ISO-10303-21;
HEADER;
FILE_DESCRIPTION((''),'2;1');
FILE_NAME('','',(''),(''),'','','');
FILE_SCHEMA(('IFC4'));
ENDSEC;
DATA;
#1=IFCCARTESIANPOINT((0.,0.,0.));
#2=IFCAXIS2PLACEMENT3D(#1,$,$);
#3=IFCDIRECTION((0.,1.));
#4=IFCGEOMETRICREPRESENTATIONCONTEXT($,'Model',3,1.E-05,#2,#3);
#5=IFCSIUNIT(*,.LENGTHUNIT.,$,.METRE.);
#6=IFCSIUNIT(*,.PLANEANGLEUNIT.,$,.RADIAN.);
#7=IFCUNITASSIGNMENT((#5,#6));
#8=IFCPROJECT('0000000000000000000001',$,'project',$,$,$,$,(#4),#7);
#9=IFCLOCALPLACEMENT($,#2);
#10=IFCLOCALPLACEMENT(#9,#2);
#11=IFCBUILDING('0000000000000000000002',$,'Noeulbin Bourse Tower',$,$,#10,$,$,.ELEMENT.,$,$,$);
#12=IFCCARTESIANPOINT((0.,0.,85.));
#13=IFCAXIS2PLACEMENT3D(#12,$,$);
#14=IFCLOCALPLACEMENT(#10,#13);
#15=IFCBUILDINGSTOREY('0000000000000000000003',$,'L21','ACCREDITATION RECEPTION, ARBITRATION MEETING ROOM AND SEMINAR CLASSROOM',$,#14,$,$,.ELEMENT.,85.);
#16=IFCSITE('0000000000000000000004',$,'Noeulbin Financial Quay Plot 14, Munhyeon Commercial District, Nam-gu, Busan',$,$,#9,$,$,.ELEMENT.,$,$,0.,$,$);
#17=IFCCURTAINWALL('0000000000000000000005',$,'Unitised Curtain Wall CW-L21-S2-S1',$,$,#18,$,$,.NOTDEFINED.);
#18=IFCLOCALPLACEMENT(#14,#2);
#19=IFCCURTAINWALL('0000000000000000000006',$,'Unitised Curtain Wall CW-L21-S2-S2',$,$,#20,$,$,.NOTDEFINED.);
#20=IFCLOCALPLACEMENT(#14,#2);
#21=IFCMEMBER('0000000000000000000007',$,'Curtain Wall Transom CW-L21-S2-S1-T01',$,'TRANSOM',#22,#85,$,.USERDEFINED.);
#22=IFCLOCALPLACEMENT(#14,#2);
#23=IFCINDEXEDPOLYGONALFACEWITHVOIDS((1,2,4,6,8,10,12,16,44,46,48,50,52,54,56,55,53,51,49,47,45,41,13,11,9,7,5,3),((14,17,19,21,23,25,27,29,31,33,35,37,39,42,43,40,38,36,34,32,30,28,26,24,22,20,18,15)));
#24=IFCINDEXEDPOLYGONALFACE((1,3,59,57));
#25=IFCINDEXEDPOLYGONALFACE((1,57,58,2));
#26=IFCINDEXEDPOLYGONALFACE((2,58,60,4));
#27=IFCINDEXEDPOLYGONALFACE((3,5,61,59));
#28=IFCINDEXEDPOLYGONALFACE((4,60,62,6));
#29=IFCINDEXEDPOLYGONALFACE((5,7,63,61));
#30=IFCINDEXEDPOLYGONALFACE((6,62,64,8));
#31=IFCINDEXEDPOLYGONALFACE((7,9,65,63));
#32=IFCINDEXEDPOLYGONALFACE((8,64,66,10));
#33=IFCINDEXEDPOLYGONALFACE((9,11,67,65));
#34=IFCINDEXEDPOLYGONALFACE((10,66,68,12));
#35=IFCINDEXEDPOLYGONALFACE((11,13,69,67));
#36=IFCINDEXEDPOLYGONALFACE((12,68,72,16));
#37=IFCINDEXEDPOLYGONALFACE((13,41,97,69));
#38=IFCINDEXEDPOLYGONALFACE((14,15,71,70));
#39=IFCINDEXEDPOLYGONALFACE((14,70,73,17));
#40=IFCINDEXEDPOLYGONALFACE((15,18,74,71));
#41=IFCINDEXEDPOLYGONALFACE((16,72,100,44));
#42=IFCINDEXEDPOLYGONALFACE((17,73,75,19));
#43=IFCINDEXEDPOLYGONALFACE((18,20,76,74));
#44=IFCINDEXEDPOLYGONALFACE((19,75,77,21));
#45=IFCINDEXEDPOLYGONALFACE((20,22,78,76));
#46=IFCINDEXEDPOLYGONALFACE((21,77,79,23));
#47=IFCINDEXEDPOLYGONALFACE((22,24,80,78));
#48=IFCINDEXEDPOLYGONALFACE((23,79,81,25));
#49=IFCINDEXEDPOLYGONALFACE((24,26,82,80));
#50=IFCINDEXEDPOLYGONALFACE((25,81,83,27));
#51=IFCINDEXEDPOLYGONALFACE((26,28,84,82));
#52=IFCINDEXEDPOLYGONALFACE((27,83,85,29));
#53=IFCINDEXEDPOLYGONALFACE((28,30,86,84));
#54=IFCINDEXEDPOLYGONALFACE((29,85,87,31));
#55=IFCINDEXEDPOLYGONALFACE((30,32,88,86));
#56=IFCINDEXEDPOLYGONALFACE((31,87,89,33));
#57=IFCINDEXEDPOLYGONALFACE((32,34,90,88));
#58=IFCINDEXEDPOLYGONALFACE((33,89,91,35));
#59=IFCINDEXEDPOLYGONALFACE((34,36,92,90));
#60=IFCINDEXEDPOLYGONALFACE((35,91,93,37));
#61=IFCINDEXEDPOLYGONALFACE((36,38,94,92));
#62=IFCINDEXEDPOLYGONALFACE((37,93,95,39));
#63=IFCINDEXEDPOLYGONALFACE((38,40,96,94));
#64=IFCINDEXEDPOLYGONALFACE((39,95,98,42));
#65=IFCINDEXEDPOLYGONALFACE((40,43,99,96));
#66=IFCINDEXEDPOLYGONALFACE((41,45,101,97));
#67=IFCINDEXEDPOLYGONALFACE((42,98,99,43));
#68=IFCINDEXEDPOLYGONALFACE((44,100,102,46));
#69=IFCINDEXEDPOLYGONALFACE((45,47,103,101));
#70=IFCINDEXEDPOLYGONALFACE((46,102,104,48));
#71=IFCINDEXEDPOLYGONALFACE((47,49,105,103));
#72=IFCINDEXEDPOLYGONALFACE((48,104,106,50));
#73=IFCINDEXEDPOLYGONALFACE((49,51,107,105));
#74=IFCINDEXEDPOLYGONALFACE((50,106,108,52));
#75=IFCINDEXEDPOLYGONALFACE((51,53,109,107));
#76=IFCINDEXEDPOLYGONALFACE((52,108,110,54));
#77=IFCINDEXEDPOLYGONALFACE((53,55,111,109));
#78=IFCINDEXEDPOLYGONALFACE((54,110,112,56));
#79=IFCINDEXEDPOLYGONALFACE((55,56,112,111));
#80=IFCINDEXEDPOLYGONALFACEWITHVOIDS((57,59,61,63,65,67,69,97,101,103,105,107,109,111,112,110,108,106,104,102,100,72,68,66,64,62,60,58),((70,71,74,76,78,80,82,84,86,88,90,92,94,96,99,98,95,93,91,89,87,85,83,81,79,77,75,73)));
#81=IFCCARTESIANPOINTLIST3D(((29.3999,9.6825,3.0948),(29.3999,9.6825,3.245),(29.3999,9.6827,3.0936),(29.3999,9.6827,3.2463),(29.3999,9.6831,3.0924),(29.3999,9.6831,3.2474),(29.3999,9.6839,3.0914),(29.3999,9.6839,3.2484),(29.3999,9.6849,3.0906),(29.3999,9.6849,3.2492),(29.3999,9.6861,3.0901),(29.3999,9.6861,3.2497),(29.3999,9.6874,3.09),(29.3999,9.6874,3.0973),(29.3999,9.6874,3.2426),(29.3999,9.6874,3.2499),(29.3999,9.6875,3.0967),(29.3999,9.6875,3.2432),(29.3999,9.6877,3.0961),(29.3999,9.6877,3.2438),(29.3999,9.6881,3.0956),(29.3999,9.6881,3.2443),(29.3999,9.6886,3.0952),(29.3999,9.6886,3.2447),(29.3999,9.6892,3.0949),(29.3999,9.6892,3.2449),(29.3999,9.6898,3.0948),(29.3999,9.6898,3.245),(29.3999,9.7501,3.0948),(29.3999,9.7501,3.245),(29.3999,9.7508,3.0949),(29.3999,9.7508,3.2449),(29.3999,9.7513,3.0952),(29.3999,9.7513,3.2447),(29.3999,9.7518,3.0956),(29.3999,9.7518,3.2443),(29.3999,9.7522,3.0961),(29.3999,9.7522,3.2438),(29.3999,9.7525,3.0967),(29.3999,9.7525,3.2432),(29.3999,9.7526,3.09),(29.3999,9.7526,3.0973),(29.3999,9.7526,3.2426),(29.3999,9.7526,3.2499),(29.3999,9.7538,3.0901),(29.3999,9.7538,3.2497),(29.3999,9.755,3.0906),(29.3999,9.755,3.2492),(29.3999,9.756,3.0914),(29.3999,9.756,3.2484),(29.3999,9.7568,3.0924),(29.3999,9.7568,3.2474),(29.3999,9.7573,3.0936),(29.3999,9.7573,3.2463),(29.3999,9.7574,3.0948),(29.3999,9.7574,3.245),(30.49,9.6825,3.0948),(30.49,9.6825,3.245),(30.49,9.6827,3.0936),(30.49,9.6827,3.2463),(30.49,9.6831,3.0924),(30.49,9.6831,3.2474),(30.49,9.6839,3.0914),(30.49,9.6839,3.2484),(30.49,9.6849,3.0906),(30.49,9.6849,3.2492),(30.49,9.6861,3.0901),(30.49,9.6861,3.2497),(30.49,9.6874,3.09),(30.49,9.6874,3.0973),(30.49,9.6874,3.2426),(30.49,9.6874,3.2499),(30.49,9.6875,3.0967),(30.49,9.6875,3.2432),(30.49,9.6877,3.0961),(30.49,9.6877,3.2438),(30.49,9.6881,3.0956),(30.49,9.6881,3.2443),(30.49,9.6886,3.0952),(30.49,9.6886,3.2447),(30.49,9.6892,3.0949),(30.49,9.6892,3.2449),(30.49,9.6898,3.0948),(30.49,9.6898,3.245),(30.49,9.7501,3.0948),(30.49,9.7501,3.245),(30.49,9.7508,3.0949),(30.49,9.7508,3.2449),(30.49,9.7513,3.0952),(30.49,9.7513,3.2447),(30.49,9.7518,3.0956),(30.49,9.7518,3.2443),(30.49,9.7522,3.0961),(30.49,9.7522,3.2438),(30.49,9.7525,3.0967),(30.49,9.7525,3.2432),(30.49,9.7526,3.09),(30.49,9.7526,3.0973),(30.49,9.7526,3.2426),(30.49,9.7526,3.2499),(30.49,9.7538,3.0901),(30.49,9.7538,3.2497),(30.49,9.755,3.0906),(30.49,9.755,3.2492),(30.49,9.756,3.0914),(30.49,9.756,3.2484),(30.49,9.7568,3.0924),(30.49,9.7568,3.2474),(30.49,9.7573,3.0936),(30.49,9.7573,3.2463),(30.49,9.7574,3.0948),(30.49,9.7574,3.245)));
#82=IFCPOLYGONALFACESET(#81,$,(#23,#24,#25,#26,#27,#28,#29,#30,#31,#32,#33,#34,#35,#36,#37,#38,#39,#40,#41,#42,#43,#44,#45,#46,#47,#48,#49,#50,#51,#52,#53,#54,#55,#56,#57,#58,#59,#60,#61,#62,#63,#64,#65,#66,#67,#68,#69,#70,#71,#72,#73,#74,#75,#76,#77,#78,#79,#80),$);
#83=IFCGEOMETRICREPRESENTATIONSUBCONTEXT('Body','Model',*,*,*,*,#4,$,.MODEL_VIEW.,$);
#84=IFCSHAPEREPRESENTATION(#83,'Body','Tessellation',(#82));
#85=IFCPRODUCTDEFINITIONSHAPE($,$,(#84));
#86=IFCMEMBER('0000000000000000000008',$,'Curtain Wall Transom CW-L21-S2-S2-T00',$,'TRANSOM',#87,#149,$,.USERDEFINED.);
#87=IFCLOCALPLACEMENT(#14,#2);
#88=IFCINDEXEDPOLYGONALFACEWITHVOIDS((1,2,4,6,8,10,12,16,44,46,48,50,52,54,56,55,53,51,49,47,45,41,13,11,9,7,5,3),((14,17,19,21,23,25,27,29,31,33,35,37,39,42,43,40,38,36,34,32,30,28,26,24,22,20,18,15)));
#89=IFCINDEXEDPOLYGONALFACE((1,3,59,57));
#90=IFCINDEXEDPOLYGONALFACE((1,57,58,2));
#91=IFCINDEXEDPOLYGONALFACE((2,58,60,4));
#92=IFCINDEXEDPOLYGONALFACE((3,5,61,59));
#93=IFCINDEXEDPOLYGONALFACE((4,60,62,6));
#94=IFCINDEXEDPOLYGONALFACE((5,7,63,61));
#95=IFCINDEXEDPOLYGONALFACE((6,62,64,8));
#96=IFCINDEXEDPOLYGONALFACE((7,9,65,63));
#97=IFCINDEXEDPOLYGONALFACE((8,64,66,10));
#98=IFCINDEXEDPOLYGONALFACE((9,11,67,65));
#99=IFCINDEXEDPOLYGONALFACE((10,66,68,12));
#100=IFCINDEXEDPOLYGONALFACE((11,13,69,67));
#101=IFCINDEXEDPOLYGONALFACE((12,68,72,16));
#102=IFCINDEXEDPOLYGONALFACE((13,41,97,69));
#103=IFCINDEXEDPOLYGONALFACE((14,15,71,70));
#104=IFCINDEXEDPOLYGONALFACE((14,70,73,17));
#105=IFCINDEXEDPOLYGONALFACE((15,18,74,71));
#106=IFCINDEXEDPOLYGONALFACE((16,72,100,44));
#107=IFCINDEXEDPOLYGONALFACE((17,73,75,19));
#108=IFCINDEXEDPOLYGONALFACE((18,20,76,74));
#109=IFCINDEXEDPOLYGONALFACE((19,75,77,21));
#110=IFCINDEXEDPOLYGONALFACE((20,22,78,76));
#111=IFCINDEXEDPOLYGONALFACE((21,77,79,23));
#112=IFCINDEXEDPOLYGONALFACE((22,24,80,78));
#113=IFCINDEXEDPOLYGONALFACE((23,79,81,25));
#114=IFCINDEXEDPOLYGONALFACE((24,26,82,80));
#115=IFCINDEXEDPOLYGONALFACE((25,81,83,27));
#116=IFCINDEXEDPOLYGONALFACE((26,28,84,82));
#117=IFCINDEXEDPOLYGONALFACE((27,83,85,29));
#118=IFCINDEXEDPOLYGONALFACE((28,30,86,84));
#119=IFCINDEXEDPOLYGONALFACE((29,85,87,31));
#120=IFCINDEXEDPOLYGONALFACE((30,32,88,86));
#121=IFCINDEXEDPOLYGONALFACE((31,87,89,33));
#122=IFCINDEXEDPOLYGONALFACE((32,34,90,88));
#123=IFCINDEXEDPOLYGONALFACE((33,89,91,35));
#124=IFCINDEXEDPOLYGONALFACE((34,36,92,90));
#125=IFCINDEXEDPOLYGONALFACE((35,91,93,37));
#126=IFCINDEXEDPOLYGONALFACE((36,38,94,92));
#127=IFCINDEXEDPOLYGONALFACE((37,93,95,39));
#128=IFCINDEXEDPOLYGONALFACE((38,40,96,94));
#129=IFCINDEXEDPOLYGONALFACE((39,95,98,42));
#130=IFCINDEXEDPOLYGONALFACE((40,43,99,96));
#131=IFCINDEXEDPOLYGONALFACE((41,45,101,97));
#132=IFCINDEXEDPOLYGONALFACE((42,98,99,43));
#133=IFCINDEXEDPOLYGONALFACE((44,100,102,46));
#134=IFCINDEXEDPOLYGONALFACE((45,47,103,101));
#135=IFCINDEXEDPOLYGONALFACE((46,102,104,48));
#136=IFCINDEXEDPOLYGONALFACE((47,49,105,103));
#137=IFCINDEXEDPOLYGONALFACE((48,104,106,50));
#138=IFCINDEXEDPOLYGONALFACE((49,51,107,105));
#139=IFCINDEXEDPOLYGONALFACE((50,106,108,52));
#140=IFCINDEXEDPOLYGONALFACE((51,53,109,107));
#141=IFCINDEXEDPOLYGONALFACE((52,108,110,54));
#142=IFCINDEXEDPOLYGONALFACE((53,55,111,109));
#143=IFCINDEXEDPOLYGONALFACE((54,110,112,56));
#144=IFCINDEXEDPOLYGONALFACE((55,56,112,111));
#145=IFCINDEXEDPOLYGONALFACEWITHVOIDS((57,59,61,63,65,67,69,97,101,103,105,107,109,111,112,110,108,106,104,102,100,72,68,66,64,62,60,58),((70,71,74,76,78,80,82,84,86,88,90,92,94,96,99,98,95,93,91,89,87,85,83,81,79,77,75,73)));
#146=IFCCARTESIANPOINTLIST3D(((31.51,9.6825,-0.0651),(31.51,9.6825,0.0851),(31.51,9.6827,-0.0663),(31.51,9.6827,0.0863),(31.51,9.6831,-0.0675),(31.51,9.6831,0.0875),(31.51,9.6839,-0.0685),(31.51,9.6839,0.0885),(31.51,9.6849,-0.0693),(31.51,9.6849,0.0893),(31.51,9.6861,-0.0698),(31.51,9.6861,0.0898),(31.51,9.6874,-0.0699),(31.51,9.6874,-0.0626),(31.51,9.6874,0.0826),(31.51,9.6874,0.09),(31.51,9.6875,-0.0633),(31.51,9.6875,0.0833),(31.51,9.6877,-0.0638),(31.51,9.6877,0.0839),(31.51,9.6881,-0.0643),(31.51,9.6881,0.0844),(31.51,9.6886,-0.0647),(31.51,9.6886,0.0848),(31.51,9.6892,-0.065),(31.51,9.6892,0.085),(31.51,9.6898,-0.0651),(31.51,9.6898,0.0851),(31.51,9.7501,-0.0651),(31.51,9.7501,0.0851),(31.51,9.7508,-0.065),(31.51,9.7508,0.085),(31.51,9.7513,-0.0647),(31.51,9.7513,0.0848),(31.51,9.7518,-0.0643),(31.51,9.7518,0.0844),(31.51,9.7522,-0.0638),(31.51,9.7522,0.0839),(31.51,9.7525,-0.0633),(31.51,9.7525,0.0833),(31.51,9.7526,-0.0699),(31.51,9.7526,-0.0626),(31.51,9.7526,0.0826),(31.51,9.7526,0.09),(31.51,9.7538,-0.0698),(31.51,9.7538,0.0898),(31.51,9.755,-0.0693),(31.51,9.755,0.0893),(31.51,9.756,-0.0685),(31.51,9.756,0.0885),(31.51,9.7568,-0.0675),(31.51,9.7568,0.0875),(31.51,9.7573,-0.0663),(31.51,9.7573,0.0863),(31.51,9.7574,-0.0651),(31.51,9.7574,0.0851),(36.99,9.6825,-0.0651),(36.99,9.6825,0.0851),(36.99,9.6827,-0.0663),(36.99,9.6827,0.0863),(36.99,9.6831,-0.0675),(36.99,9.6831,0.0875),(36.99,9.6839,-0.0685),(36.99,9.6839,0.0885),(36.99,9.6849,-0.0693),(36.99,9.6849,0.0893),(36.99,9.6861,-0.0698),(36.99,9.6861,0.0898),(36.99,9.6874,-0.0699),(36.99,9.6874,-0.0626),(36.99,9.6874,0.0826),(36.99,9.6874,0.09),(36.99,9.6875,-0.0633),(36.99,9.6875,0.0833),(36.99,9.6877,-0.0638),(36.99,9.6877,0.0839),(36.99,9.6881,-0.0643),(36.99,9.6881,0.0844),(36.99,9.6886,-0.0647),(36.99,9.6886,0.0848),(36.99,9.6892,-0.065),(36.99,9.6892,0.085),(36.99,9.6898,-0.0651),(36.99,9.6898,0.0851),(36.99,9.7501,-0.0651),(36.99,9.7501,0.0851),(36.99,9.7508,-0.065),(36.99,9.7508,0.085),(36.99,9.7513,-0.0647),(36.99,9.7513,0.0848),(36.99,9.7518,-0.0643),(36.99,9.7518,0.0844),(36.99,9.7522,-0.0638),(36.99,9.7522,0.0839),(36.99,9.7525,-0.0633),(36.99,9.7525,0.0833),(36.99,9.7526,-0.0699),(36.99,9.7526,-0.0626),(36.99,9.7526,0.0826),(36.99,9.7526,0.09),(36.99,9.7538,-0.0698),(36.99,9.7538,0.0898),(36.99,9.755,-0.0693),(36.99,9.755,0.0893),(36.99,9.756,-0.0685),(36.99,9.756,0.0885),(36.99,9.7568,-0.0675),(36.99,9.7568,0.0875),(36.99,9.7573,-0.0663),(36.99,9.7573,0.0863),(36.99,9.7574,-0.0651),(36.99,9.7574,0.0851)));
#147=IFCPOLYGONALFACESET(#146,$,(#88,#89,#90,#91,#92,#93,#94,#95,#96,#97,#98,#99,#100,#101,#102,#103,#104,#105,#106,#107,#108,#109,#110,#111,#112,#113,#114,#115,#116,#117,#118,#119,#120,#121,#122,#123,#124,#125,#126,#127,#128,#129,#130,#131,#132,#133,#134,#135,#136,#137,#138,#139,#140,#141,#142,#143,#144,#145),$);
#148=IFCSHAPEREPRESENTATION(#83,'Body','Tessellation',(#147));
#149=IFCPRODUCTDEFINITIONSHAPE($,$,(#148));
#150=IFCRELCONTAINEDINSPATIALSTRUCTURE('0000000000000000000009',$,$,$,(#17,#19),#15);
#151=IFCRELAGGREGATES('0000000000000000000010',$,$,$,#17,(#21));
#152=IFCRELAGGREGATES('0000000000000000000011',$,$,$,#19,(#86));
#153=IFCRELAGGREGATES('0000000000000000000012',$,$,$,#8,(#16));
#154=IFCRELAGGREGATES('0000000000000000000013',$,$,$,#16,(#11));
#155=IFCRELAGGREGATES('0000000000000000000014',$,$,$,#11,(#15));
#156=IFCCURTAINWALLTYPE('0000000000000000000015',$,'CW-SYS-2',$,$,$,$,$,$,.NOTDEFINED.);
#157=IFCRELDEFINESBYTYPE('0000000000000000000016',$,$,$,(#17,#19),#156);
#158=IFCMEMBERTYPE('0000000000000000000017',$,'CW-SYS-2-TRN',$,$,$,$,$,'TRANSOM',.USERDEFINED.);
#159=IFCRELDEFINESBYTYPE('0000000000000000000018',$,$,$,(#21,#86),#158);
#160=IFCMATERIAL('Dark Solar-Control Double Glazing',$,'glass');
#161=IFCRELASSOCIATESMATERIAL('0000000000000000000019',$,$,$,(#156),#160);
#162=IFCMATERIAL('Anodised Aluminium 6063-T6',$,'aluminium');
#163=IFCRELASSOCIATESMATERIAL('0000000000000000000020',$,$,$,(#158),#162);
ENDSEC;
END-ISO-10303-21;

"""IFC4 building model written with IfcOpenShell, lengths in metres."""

from ifc_helpers import new_model, si_unit, direction, frame, origin, origin_2d, place, context, subcontext, project, spatial, hollow_rectangle, extrude, material, material_profile, profile_set, type_object, element, aggregate, save


model = new_model("IFC4")

# Units and contexts
model_context = context("Model", 3, precision=1e-05, world=origin(), true_north=direction((0.0, 1.0)))
body_context = subcontext(model_context, "Body", "Model", "MODEL_VIEW")
ifc_project = project(units=[si_unit("LENGTHUNIT", "METRE"), si_unit("PLANEANGLEUNIT", "RADIAN")], contexts=[model_context])

# Site, building, storey
site_placement = place(None, origin())
site = spatial("IfcSite", under=ifc_project, at=site_placement, Name="Noeulbin Financial Quay Plot 14, Munhyeon Commercial District, Nam-gu, Busan", CompositionType="ELEMENT", RefElevation=0.0)
building_placement = place(site_placement, origin())
building = spatial("IfcBuilding", under=site, at=building_placement, Name="Noeulbin Bourse Tower", CompositionType="ELEMENT")
storey_placement = place(building_placement, frame((0.0, 0.0, 85.0)))
storey = spatial("IfcBuildingStorey", under=building, at=storey_placement, Name="L21", Description="ACCREDITATION RECEPTION, ARBITRATION MEETING ROOM AND SEMINAR CLASSROOM", CompositionType="ELEMENT", Elevation=85.0)

# Curtain walls
ifc_material_1 = material(Name="Dark Solar-Control Double Glazing", Category="glass")
curtain_wall_type = type_object("IfcCurtainWallType", Name="CW-SYS-2", PredefinedType="NOTDEFINED", material=ifc_material_1)
curtain_wall_1_placement = place(storey_placement, origin())
curtain_wall_1 = element("IfcCurtainWall", 1, at=curtain_wall_1_placement, inside=storey, type_object=curtain_wall_type, Name="Unitised Curtain Wall CW-L21-S2-S1", PredefinedType="NOTDEFINED")
ifc_material_2 = material(Name="Anodised Aluminium 6063-T6", Category="aluminium")
curtain_wall_2_placement = place(storey_placement, origin())
curtain_wall_2 = element("IfcCurtainWall", 2, at=curtain_wall_2_placement, inside=storey, type_object=curtain_wall_type, Name="Unitised Curtain Wall CW-L21-S2-S2", PredefinedType="NOTDEFINED")

# Members
ifc_material_profile_1 = material_profile(ifc_material_2, hollow_rectangle(XDim=0.075, YDim=0.1599, WallThickness=0.0049, InnerFilletRadius=0.0024, OuterFilletRadius=0.0049, at=origin_2d()), Name="ALU-TRAN-75x160x5", Category="LoadBearing")
ifc_profile_set_1 = profile_set([ifc_material_profile_1], Name="Anodised Aluminium 6063-T6")
member_type_1 = type_object("IfcMemberType", Name="CW-SYS-2-TRN", ElementType="TRANSOM", PredefinedType="USERDEFINED", material=ifc_profile_set_1)
member_1_placement = place(storey_placement, frame((29.3999, 9.72, 3.1699), z_axis=(1.0, 0.0, 0.0), x_axis=(0.0, 1.0, 0.0)))
member_1 = element("IfcMember", 3, at=member_1_placement, type_object=member_type_1, Name="Curtain Wall Transom CW-L21-S2-S1-T01", ObjectType="TRANSOM", PredefinedType="USERDEFINED", context=body_context, shape_type="SweptSolid", body=[
    extrude(hollow_rectangle(XDim=0.075, YDim=0.1599, WallThickness=0.0049, InnerFilletRadius=0.0024, OuterFilletRadius=0.0049, at=origin_2d()), origin(), (0.0, 0.0, 1.0), 1.0901),
])
member_2_placement = place(storey_placement, frame((31.51, 9.72, 0.01), z_axis=(1.0, 0.0, 0.0), x_axis=(0.0, 1.0, 0.0)))
member_2 = element("IfcMember", 4, at=member_2_placement, type_object=member_type_1, Name="Curtain Wall Transom CW-L21-S2-S2-T00", ObjectType="TRANSOM", PredefinedType="USERDEFINED", context=body_context, shape_type="SweptSolid", body=[
    extrude(hollow_rectangle(XDim=0.075, YDim=0.1599, WallThickness=0.0049, InnerFilletRadius=0.0024, OuterFilletRadius=0.0049, at=origin_2d()), origin(), (0.0, 0.0, 1.0), 5.48),
])

aggregate(curtain_wall_1, [member_1])
aggregate(curtain_wall_2, [member_2])

save(model, "model.ifc")
